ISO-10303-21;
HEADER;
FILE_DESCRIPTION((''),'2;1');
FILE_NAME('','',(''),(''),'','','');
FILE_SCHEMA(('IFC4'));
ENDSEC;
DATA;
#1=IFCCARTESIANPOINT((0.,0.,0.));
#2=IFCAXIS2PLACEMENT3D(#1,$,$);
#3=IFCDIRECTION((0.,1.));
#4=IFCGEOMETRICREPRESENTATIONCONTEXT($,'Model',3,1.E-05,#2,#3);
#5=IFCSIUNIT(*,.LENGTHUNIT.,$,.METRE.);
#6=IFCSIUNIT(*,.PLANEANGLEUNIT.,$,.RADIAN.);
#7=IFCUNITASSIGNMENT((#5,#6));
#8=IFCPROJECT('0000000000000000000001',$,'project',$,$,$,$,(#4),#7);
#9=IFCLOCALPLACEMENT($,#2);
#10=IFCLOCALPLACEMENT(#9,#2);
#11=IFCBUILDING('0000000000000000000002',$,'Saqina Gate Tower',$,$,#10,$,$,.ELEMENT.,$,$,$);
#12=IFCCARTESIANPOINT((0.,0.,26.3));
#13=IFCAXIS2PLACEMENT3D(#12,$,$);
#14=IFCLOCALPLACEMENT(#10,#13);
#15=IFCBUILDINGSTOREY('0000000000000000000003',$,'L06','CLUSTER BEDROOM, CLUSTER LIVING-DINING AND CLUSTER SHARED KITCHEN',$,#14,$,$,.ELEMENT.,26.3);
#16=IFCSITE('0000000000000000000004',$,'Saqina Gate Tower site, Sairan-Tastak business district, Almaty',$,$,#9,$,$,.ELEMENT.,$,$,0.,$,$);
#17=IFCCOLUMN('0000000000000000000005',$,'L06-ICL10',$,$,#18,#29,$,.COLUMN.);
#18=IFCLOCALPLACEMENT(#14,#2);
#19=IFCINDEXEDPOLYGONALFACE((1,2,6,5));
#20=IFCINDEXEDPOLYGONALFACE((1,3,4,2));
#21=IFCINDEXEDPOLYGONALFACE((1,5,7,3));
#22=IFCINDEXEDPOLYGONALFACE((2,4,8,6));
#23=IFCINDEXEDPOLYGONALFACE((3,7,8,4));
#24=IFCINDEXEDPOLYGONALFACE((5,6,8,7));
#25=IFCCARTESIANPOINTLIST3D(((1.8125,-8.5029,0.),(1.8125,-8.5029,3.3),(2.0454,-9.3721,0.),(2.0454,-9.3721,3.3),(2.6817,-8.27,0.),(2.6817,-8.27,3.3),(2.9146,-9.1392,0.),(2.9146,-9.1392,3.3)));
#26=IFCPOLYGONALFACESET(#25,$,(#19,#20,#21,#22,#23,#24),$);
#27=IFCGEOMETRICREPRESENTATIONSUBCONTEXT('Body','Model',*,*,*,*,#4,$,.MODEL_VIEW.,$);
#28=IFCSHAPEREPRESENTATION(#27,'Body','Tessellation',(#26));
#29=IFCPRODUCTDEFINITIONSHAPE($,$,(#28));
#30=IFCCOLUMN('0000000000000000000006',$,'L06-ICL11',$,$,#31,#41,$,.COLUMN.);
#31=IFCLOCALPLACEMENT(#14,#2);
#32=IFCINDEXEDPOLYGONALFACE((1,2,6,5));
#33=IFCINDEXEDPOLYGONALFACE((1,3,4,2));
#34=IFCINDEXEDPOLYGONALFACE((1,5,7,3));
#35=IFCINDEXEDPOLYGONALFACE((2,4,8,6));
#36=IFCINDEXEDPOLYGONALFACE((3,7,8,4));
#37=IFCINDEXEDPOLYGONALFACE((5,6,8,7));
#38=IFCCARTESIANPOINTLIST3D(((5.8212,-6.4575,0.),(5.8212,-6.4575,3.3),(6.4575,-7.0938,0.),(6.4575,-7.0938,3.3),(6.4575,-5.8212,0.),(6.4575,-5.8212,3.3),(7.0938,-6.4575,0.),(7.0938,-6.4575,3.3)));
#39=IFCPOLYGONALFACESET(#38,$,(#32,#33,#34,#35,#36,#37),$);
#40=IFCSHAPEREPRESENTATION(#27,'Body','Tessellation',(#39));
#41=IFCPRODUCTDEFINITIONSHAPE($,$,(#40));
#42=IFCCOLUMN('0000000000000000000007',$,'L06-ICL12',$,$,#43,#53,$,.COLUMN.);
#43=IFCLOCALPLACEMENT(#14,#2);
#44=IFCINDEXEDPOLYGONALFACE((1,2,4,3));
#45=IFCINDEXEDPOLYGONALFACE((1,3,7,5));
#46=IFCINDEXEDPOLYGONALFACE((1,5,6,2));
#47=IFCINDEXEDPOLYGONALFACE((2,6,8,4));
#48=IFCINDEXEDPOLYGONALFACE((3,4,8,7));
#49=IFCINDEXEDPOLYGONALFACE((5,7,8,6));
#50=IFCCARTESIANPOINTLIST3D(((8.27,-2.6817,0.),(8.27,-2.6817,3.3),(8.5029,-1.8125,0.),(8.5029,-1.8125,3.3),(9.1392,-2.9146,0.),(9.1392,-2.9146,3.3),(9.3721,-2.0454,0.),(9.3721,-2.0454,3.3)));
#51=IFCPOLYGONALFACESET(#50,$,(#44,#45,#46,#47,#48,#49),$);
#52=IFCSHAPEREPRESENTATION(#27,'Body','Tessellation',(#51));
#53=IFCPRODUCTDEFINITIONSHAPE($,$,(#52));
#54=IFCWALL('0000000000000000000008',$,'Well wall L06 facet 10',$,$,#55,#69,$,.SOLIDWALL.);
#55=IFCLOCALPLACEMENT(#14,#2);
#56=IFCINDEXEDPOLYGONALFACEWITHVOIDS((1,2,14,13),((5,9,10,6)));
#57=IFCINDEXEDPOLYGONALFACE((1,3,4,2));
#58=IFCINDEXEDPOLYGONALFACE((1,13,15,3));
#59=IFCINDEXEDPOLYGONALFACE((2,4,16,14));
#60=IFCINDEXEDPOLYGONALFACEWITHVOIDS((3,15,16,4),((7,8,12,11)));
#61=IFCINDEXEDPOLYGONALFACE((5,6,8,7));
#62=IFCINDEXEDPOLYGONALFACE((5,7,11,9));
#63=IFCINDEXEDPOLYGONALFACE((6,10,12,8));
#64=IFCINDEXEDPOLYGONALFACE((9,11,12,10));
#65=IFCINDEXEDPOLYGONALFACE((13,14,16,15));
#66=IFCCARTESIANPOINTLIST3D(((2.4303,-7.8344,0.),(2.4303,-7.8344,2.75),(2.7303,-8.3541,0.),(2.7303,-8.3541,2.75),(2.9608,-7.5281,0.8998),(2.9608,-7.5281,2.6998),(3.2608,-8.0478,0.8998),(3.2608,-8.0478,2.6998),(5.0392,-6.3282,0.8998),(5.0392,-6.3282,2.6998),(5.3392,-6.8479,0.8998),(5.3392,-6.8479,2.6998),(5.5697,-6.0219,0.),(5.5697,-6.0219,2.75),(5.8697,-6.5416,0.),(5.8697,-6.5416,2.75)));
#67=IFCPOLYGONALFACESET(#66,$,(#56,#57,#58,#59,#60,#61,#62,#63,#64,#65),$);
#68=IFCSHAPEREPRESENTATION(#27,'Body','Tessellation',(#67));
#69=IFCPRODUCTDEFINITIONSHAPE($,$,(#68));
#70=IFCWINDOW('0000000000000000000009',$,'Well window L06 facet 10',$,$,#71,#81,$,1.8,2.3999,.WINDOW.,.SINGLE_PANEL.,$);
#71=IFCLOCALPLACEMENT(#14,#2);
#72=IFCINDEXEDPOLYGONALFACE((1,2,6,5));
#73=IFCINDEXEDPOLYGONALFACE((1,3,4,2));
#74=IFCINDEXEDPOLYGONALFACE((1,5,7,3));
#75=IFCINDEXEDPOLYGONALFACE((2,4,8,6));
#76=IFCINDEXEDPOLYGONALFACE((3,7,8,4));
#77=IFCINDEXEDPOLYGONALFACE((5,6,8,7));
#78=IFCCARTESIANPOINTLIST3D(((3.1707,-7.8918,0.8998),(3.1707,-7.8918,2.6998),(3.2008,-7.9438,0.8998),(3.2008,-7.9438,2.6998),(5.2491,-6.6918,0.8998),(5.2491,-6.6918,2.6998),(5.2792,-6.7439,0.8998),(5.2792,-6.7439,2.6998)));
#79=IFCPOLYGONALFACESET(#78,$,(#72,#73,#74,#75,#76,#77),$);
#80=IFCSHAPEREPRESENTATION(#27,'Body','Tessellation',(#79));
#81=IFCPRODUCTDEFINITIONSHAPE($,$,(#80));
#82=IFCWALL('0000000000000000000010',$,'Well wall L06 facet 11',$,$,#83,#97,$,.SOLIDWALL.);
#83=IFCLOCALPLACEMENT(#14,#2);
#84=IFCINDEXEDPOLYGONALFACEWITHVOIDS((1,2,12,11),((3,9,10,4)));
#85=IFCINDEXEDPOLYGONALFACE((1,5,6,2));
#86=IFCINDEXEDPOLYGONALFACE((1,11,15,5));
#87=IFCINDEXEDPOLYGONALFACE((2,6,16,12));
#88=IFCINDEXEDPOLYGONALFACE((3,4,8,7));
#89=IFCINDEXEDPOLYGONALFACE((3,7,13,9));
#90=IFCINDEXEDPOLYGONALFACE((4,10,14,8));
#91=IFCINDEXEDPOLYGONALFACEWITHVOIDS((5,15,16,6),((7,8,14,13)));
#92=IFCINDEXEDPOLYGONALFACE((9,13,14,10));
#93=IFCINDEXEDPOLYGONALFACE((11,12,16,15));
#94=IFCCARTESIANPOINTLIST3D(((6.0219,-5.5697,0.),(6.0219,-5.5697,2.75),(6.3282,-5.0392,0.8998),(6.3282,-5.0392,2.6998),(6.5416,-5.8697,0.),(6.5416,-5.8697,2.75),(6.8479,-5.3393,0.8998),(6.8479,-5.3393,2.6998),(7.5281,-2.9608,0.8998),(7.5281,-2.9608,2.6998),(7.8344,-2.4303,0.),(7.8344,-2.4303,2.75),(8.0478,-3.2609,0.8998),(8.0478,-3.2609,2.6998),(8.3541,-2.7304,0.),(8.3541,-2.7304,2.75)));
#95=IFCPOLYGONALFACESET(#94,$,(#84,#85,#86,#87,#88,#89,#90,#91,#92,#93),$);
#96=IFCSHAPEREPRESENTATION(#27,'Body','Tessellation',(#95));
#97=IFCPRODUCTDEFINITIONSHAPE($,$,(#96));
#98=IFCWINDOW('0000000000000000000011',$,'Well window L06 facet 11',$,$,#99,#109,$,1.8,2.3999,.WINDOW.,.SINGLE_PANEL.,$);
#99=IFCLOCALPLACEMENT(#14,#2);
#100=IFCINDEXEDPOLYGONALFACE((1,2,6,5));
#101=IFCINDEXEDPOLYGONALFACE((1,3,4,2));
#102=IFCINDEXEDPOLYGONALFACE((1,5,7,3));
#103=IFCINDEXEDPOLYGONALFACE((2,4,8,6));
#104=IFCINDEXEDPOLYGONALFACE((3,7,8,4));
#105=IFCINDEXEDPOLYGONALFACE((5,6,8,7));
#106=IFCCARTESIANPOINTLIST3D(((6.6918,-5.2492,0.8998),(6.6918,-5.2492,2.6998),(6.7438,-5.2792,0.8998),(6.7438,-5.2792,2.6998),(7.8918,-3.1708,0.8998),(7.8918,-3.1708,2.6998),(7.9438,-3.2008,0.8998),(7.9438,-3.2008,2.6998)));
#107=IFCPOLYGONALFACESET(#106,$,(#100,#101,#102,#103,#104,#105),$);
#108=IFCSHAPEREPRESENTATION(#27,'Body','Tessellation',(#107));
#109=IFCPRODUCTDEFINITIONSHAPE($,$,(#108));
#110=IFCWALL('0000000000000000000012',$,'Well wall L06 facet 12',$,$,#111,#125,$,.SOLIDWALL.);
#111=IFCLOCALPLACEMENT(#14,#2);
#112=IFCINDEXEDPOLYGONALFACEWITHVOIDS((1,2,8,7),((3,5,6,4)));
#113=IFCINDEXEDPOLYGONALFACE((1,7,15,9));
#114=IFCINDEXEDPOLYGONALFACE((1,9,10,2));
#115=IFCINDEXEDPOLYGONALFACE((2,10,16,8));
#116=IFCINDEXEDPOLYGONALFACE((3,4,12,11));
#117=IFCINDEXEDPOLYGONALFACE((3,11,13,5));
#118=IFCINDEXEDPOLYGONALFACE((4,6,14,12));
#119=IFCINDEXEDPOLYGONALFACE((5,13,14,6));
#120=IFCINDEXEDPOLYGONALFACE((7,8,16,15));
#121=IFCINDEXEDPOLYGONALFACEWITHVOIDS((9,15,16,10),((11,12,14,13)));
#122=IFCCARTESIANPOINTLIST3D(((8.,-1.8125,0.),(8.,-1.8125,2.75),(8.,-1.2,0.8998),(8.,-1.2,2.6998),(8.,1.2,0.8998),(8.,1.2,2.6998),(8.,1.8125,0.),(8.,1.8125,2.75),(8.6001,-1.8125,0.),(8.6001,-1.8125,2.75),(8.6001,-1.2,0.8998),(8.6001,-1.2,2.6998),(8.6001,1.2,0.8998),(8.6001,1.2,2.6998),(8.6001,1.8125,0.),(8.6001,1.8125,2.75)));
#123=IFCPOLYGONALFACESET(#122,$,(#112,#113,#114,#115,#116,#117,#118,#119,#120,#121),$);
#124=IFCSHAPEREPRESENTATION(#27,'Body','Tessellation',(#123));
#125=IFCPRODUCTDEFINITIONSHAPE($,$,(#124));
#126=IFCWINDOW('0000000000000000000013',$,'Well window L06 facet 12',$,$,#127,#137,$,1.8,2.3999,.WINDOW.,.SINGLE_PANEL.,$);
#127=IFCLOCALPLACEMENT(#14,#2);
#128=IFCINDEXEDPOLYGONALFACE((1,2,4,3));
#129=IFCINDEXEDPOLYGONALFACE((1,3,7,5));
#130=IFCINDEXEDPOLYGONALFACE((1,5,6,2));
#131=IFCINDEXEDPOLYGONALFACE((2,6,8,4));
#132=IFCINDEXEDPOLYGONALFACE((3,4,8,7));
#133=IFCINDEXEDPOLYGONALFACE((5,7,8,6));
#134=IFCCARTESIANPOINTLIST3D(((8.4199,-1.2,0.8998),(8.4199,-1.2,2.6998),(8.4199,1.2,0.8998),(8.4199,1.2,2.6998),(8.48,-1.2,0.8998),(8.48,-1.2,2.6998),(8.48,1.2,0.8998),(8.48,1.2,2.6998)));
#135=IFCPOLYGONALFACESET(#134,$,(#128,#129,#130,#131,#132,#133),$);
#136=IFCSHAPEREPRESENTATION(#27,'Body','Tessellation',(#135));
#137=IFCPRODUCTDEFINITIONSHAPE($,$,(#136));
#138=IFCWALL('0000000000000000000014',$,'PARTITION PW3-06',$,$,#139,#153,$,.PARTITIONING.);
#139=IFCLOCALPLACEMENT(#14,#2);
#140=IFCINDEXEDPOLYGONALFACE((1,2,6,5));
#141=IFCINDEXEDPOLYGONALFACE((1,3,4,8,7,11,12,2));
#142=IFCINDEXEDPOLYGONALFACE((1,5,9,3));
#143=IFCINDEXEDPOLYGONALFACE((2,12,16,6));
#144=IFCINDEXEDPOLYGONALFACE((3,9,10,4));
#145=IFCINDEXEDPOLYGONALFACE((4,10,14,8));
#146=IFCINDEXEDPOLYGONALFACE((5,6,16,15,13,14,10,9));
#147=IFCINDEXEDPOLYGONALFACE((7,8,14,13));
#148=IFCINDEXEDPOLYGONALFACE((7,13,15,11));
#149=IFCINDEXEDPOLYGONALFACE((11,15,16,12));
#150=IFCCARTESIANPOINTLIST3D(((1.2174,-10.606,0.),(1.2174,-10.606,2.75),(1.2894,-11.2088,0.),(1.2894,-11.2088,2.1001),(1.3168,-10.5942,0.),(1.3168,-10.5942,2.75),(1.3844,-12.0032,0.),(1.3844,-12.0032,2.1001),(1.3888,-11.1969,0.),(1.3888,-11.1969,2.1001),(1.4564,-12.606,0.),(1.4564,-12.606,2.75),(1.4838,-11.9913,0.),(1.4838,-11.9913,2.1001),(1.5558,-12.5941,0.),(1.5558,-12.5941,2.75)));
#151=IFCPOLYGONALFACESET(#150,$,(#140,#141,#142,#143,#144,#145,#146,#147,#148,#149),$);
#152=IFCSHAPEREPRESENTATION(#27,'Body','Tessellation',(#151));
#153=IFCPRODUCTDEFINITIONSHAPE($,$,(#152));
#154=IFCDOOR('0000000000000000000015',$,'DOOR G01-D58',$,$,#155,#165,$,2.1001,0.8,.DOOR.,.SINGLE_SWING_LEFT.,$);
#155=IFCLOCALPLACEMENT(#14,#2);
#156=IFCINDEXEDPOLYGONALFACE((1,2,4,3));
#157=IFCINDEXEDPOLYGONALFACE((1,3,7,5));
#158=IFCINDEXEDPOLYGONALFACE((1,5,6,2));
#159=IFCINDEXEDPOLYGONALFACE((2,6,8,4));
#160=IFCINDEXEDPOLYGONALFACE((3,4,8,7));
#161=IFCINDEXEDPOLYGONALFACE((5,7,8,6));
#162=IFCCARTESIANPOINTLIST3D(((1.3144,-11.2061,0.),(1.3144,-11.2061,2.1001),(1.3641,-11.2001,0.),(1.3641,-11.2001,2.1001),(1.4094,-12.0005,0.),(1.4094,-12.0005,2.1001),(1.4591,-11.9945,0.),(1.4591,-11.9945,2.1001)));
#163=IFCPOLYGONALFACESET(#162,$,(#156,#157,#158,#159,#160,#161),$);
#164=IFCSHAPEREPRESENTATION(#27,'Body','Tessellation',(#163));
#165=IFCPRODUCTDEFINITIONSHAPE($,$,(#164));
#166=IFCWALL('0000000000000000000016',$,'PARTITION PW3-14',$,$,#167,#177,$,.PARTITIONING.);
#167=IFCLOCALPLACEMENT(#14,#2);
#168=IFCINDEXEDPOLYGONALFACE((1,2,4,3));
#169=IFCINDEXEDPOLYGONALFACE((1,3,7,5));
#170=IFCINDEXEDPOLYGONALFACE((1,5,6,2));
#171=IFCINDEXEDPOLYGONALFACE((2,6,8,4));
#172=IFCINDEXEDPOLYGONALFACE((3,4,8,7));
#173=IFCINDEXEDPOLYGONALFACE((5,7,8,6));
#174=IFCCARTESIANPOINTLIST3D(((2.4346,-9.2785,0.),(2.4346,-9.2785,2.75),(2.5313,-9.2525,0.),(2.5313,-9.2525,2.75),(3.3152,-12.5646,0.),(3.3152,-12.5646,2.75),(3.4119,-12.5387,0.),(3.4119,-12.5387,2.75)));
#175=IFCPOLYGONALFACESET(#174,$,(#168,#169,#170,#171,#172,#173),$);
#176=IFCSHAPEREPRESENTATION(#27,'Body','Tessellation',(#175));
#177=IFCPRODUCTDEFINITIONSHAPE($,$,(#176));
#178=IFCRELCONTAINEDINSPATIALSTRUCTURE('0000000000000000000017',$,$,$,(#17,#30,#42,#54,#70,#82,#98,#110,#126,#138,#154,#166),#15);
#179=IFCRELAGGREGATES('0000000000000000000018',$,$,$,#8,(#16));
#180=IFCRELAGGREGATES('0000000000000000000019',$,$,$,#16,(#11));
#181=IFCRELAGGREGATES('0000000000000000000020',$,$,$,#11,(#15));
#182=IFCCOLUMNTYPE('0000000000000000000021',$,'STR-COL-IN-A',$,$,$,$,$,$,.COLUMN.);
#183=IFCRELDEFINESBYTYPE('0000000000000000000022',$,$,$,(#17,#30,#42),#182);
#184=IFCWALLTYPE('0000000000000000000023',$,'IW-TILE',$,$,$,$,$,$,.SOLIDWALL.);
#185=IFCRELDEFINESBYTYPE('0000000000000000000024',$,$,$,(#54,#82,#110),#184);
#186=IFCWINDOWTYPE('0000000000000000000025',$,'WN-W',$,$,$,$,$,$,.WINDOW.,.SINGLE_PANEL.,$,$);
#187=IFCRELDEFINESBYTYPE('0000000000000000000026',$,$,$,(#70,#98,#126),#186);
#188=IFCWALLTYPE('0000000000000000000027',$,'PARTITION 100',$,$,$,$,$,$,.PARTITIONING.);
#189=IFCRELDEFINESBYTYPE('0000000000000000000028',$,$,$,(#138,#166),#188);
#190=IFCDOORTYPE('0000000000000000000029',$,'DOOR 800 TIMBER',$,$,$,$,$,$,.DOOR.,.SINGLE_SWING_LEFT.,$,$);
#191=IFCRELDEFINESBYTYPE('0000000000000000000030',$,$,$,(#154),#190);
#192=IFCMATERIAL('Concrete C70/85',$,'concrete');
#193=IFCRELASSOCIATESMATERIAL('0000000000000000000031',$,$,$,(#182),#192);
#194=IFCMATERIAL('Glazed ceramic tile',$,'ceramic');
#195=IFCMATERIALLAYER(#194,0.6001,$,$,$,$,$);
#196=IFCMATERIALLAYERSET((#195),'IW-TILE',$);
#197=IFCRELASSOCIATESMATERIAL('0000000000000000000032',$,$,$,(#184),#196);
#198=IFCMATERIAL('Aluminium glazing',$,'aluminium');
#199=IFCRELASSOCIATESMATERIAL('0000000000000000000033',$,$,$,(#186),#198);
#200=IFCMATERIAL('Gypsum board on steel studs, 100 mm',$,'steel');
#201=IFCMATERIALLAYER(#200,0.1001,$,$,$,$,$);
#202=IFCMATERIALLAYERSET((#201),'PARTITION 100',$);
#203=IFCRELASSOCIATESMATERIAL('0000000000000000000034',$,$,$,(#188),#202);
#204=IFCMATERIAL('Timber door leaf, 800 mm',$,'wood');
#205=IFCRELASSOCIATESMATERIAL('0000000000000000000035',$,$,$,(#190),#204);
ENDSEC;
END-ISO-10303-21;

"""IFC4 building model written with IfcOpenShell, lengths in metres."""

from ifc_helpers import new_model, si_unit, direction, frame, frame_2d, origin, origin_2d, place, context, subcontext, project, spatial, rectangle, extrude, material, layer, layer_set, material_profile, profile_set, type_object, element, fill, save


model = new_model("IFC4")

# Units and contexts
model_context = context("Model", 3, precision=1e-05, world=origin(), true_north=direction((0.0, 1.0)))
body_context = subcontext(model_context, "Body", "Model", "MODEL_VIEW")
ifc_project = project(units=[si_unit("LENGTHUNIT", "METRE"), si_unit("PLANEANGLEUNIT", "RADIAN")], contexts=[model_context])

# Site, building, storey
site_placement = place(None, origin())
site = spatial("IfcSite", under=ifc_project, at=site_placement, Name="Saqina Gate Tower site, Sairan-Tastak business district, Almaty", CompositionType="ELEMENT", RefElevation=0.0)
building_placement = place(site_placement, origin())
building = spatial("IfcBuilding", under=site, at=building_placement, Name="Saqina Gate Tower", CompositionType="ELEMENT")
storey_placement = place(building_placement, frame((0.0, 0.0, 26.3)))
storey = spatial("IfcBuildingStorey", under=building, at=storey_placement, Name="L06", Description="CLUSTER BEDROOM, CLUSTER LIVING-DINING AND CLUSTER SHARED KITCHEN", CompositionType="ELEMENT", Elevation=26.3)

# Columns
ifc_material_1 = material(Name="Concrete C70/85", Category="concrete")
ifc_material_profile = material_profile(ifc_material_1, rectangle(XDim=0.8999, YDim=0.8999, at=origin_2d()), Name="RC 900x900")
ifc_profile_set = profile_set([ifc_material_profile], Name="Concrete C70/85")
column_type = type_object("IfcColumnType", Name="STR-COL-IN-A", PredefinedType="COLUMN", material=ifc_profile_set)
for number, where, z_axis, x_axis, name in (
    (1, (2.3635, -8.821, 0.0), (0.0, 0.0, 1.0), (0.258819, -0.965926, 0.0), "L06-ICL10"),
    (2, (6.4575, -6.4575, 0.0), (0.0, 0.0, 1.0), (0.707107, -0.707107, 0.0), "L06-ICL11"),
    (3, (8.821, -2.3635, 0.0), (0.0, 0.0, 1.0), (0.965926, -0.258819, 0.0), "L06-ICL12"),
):
    element("IfcColumn", number, at=place(storey_placement, frame(where, z_axis=z_axis, x_axis=x_axis)), inside=storey, type_object=column_type, Name=name, PredefinedType="COLUMN", context=body_context, shape_type="SweptSolid", body=[
        extrude(rectangle(XDim=0.8999, YDim=0.8999, at=origin_2d()), origin(), (0.0, 0.0, 1.0), 3.3),
    ])

# Walls, openings, windows
ifc_material_2 = material(Name="Glazed ceramic tile", Category="ceramic")
ifc_layer_1 = layer(ifc_material_2, 0.6001)
ifc_layer_set_1 = layer_set([ifc_layer_1], Name="IW-TILE")
wall_type_1 = type_object("IfcWallType", Name="IW-TILE", PredefinedType="SOLIDWALL", material=ifc_layer_set_1)
wall_1_placement = place(storey_placement, frame((2.5803, -8.0942, 0.0), z_axis=(0.0, 0.0, 1.0), x_axis=(0.86603, 0.499993, 0.0)))
wall_1 = element("IfcWall", 4, at=wall_1_placement, inside=storey, type_object=wall_type_1, Name="Well wall L06 facet 10", PredefinedType="SOLIDWALL", context=body_context, shape_type="SweptSolid", body=[
    extrude(rectangle(XDim=3.625, YDim=0.6001, at=frame_2d((1.8125, 0.0))), origin(), (0.0, 0.0, 1.0), 2.75),
])
opening_1_placement = place(wall_1_placement, frame((0.6125, 0.0, 0.8999)))
opening_1 = element("IfcOpeningElement", 5, at=opening_1_placement, cuts=wall_1, PredefinedType="OPENING", context=body_context, shape_type="SweptSolid", body=[
    extrude(rectangle(XDim=2.3999, YDim=1.8, at=frame_2d((1.2, 0.8999))), frame((0.0, 0.312, 0.0), z_axis=(0.0, -1.0, 0.0), x_axis=(1.0, 0.0, 0.0)), (0.0, 0.0, 1.0), 0.624),
])
ifc_material_3 = material(Name="Aluminium glazing", Category="aluminium")
window_type = type_object("IfcWindowType", Name="WN-W", PartitioningType="SINGLE_PANEL", PredefinedType="WINDOW", material=ifc_material_3)
window_1_placement = place(opening_1_placement, origin())
window_1 = element("IfcWindow", 6, at=window_1_placement, inside=storey, type_object=window_type, Name="Well window L06 facet 10", OverallHeight=1.8, OverallWidth=2.3999, PartitioningType="SINGLE_PANEL", PredefinedType="WINDOW", context=body_context, shape_type="SweptSolid", body=[
    extrude(rectangle(XDim=2.3999, YDim=1.8, at=frame_2d((1.2, 0.8999))), frame((0.0, -0.1199, 0.0), z_axis=(0.0, -1.0, 0.0), x_axis=(1.0, 0.0, 0.0)), (0.0, 0.0, 1.0), 0.0601),
])
fill(opening_1, window_1)
wall_2_placement = place(storey_placement, frame((6.2817, -5.7197, 0.0), z_axis=(0.0, 0.0, 1.0), x_axis=(0.499993, 0.86603, 0.0)))
wall_2 = element("IfcWall", 7, at=wall_2_placement, inside=storey, type_object=wall_type_1, Name="Well wall L06 facet 11", PredefinedType="SOLIDWALL", context=body_context, shape_type="SweptSolid", body=[
    extrude(rectangle(XDim=3.625, YDim=0.6001, at=frame_2d((1.8125, 0.0))), origin(), (0.0, 0.0, 1.0), 2.75),
])
opening_2_placement = place(wall_2_placement, frame((0.6125, 0.0, 0.8999)))
opening_2 = element("IfcOpeningElement", 8, at=opening_2_placement, cuts=wall_2, PredefinedType="OPENING", context=body_context, shape_type="SweptSolid", body=[
    extrude(rectangle(XDim=2.3999, YDim=1.8, at=frame_2d((1.2, 0.8999))), frame((0.0, 0.312, 0.0), z_axis=(0.0, -1.0, 0.0), x_axis=(1.0, 0.0, 0.0)), (0.0, 0.0, 1.0), 0.624),
])
window_2_placement = place(opening_2_placement, origin())
window_2 = element("IfcWindow", 9, at=window_2_placement, inside=storey, type_object=window_type, Name="Well window L06 facet 11", OverallHeight=1.8, OverallWidth=2.3999, PartitioningType="SINGLE_PANEL", PredefinedType="WINDOW", context=body_context, shape_type="SweptSolid", body=[
    extrude(rectangle(XDim=2.3999, YDim=1.8, at=frame_2d((1.2, 0.8999))), frame((0.0, -0.1199, 0.0), z_axis=(0.0, -1.0, 0.0), x_axis=(1.0, 0.0, 0.0)), (0.0, 0.0, 1.0), 0.0601),
])
fill(opening_2, window_2)
wall_3_placement = place(storey_placement, frame((8.3, -1.8125, 0.0), z_axis=(0.0, 0.0, 1.0), x_axis=(0.0, 1.0, 0.0)))
wall_3 = element("IfcWall", 10, at=wall_3_placement, inside=storey, type_object=wall_type_1, Name="Well wall L06 facet 12", PredefinedType="SOLIDWALL", context=body_context, shape_type="SweptSolid", body=[
    extrude(rectangle(XDim=3.625, YDim=0.6001, at=frame_2d((1.8125, 0.0))), origin(), (0.0, 0.0, 1.0), 2.75),
])
opening_3_placement = place(wall_3_placement, frame((0.6125, 0.0, 0.8999)))
opening_3 = element("IfcOpeningElement", 11, at=opening_3_placement, cuts=wall_3, PredefinedType="OPENING", context=body_context, shape_type="SweptSolid", body=[
    extrude(rectangle(XDim=2.3999, YDim=1.8, at=frame_2d((1.2, 0.8999))), frame((0.0, 0.312, 0.0), z_axis=(0.0, -1.0, 0.0), x_axis=(1.0, 0.0, 0.0)), (0.0, 0.0, 1.0), 0.624),
])
window_3_placement = place(opening_3_placement, origin())
window_3 = element("IfcWindow", 12, at=window_3_placement, inside=storey, type_object=window_type, Name="Well window L06 facet 12", OverallHeight=1.8, OverallWidth=2.3999, PartitioningType="SINGLE_PANEL", PredefinedType="WINDOW", context=body_context, shape_type="SweptSolid", body=[
    extrude(rectangle(XDim=2.3999, YDim=1.8, at=frame_2d((1.2, 0.8999))), frame((0.0, -0.1199, 0.0), z_axis=(0.0, -1.0, 0.0), x_axis=(1.0, 0.0, 0.0)), (0.0, 0.0, 1.0), 0.0601),
])
fill(opening_3, window_3)

# Wall, opening, door
ifc_material_4 = material(Name="Gypsum board on steel studs, 100 mm", Category="steel")
ifc_layer_2 = layer(ifc_material_4, 0.1001)
ifc_layer_set_2 = layer_set([ifc_layer_2], Name="PARTITION 100")
wall_type_2 = type_object("IfcWallType", Name="PARTITION 100", PredefinedType="PARTITIONING", material=ifc_layer_set_2)
wall_4_placement = place(storey_placement, frame((1.2671, -10.6001, 0.0), z_axis=(0.0, 0.0, 1.0), x_axis=(0.118662, -0.992935, 0.0)))
wall_4 = element("IfcWall", 13, at=wall_4_placement, inside=storey, type_object=wall_type_2, Name="PARTITION PW3-06", PredefinedType="PARTITIONING", context=body_context, shape_type="SweptSolid", body=[
    extrude(rectangle(XDim=2.0142, YDim=0.1001, at=frame_2d((1.0071, 0.0))), origin(), (0.0, 0.0, 1.0), 2.75),
])
opening_4_placement = place(wall_4_placement, frame((0.6072, 0.0, 0.0)))
opening_4 = element("IfcOpeningElement", 14, at=opening_4_placement, cuts=wall_4, PredefinedType="OPENING", context=body_context, shape_type="SweptSolid", body=[
    extrude(rectangle(XDim=0.8, YDim=2.1001, at=frame_2d((0.3999, 1.05))), frame((0.0, 0.062, 0.0), z_axis=(0.0, -1.0, 0.0), x_axis=(1.0, 0.0, 0.0)), (0.0, 0.0, 1.0), 0.124),
])
ifc_material_5 = material(Name="Timber door leaf, 800 mm", Category="wood")
door_type_1 = type_object("IfcDoorType", Name="DOOR 800 TIMBER", OperationType="SINGLE_SWING_LEFT", PredefinedType="DOOR", material=ifc_material_5)
door_1_placement = place(opening_4_placement, frame((0.8, 0.0, 0.0), z_axis=(0.0, 0.0, 1.0), x_axis=(-1.0, 0.0, 0.0)))
door_1 = element("IfcDoor", 15, at=door_1_placement, inside=storey, type_object=door_type_1, Name="DOOR G01-D58", OperationType="SINGLE_SWING_LEFT", OverallHeight=2.1001, OverallWidth=0.8, PredefinedType="DOOR", context=body_context, shape_type="SweptSolid", body=[
    extrude(rectangle(XDim=0.8, YDim=2.1001, at=frame_2d((0.3999, 1.05))), frame((0.0, 0.0249, 0.0), z_axis=(0.0, -1.0, 0.0), x_axis=(1.0, 0.0, 0.0)), (0.0, 0.0, 1.0), 0.05),
])
fill(opening_4, door_1)

# Wall
wall_5_placement = place(storey_placement, frame((2.4829, -9.2654, 0.0), z_axis=(0.0, 0.0, 1.0), x_axis=(0.258846, -0.965919, 0.0)))
element("IfcWall", 16, at=wall_5_placement, inside=storey, type_object=wall_type_2, Name="PARTITION PW3-14", PredefinedType="PARTITIONING", context=body_context, shape_type="SweptSolid", body=[
    extrude(rectangle(XDim=3.4021, YDim=0.1001, at=frame_2d((1.7012, 0.0))), origin(), (0.0, 0.0, 1.0), 2.75),
])

save(model, "model.ifc")
